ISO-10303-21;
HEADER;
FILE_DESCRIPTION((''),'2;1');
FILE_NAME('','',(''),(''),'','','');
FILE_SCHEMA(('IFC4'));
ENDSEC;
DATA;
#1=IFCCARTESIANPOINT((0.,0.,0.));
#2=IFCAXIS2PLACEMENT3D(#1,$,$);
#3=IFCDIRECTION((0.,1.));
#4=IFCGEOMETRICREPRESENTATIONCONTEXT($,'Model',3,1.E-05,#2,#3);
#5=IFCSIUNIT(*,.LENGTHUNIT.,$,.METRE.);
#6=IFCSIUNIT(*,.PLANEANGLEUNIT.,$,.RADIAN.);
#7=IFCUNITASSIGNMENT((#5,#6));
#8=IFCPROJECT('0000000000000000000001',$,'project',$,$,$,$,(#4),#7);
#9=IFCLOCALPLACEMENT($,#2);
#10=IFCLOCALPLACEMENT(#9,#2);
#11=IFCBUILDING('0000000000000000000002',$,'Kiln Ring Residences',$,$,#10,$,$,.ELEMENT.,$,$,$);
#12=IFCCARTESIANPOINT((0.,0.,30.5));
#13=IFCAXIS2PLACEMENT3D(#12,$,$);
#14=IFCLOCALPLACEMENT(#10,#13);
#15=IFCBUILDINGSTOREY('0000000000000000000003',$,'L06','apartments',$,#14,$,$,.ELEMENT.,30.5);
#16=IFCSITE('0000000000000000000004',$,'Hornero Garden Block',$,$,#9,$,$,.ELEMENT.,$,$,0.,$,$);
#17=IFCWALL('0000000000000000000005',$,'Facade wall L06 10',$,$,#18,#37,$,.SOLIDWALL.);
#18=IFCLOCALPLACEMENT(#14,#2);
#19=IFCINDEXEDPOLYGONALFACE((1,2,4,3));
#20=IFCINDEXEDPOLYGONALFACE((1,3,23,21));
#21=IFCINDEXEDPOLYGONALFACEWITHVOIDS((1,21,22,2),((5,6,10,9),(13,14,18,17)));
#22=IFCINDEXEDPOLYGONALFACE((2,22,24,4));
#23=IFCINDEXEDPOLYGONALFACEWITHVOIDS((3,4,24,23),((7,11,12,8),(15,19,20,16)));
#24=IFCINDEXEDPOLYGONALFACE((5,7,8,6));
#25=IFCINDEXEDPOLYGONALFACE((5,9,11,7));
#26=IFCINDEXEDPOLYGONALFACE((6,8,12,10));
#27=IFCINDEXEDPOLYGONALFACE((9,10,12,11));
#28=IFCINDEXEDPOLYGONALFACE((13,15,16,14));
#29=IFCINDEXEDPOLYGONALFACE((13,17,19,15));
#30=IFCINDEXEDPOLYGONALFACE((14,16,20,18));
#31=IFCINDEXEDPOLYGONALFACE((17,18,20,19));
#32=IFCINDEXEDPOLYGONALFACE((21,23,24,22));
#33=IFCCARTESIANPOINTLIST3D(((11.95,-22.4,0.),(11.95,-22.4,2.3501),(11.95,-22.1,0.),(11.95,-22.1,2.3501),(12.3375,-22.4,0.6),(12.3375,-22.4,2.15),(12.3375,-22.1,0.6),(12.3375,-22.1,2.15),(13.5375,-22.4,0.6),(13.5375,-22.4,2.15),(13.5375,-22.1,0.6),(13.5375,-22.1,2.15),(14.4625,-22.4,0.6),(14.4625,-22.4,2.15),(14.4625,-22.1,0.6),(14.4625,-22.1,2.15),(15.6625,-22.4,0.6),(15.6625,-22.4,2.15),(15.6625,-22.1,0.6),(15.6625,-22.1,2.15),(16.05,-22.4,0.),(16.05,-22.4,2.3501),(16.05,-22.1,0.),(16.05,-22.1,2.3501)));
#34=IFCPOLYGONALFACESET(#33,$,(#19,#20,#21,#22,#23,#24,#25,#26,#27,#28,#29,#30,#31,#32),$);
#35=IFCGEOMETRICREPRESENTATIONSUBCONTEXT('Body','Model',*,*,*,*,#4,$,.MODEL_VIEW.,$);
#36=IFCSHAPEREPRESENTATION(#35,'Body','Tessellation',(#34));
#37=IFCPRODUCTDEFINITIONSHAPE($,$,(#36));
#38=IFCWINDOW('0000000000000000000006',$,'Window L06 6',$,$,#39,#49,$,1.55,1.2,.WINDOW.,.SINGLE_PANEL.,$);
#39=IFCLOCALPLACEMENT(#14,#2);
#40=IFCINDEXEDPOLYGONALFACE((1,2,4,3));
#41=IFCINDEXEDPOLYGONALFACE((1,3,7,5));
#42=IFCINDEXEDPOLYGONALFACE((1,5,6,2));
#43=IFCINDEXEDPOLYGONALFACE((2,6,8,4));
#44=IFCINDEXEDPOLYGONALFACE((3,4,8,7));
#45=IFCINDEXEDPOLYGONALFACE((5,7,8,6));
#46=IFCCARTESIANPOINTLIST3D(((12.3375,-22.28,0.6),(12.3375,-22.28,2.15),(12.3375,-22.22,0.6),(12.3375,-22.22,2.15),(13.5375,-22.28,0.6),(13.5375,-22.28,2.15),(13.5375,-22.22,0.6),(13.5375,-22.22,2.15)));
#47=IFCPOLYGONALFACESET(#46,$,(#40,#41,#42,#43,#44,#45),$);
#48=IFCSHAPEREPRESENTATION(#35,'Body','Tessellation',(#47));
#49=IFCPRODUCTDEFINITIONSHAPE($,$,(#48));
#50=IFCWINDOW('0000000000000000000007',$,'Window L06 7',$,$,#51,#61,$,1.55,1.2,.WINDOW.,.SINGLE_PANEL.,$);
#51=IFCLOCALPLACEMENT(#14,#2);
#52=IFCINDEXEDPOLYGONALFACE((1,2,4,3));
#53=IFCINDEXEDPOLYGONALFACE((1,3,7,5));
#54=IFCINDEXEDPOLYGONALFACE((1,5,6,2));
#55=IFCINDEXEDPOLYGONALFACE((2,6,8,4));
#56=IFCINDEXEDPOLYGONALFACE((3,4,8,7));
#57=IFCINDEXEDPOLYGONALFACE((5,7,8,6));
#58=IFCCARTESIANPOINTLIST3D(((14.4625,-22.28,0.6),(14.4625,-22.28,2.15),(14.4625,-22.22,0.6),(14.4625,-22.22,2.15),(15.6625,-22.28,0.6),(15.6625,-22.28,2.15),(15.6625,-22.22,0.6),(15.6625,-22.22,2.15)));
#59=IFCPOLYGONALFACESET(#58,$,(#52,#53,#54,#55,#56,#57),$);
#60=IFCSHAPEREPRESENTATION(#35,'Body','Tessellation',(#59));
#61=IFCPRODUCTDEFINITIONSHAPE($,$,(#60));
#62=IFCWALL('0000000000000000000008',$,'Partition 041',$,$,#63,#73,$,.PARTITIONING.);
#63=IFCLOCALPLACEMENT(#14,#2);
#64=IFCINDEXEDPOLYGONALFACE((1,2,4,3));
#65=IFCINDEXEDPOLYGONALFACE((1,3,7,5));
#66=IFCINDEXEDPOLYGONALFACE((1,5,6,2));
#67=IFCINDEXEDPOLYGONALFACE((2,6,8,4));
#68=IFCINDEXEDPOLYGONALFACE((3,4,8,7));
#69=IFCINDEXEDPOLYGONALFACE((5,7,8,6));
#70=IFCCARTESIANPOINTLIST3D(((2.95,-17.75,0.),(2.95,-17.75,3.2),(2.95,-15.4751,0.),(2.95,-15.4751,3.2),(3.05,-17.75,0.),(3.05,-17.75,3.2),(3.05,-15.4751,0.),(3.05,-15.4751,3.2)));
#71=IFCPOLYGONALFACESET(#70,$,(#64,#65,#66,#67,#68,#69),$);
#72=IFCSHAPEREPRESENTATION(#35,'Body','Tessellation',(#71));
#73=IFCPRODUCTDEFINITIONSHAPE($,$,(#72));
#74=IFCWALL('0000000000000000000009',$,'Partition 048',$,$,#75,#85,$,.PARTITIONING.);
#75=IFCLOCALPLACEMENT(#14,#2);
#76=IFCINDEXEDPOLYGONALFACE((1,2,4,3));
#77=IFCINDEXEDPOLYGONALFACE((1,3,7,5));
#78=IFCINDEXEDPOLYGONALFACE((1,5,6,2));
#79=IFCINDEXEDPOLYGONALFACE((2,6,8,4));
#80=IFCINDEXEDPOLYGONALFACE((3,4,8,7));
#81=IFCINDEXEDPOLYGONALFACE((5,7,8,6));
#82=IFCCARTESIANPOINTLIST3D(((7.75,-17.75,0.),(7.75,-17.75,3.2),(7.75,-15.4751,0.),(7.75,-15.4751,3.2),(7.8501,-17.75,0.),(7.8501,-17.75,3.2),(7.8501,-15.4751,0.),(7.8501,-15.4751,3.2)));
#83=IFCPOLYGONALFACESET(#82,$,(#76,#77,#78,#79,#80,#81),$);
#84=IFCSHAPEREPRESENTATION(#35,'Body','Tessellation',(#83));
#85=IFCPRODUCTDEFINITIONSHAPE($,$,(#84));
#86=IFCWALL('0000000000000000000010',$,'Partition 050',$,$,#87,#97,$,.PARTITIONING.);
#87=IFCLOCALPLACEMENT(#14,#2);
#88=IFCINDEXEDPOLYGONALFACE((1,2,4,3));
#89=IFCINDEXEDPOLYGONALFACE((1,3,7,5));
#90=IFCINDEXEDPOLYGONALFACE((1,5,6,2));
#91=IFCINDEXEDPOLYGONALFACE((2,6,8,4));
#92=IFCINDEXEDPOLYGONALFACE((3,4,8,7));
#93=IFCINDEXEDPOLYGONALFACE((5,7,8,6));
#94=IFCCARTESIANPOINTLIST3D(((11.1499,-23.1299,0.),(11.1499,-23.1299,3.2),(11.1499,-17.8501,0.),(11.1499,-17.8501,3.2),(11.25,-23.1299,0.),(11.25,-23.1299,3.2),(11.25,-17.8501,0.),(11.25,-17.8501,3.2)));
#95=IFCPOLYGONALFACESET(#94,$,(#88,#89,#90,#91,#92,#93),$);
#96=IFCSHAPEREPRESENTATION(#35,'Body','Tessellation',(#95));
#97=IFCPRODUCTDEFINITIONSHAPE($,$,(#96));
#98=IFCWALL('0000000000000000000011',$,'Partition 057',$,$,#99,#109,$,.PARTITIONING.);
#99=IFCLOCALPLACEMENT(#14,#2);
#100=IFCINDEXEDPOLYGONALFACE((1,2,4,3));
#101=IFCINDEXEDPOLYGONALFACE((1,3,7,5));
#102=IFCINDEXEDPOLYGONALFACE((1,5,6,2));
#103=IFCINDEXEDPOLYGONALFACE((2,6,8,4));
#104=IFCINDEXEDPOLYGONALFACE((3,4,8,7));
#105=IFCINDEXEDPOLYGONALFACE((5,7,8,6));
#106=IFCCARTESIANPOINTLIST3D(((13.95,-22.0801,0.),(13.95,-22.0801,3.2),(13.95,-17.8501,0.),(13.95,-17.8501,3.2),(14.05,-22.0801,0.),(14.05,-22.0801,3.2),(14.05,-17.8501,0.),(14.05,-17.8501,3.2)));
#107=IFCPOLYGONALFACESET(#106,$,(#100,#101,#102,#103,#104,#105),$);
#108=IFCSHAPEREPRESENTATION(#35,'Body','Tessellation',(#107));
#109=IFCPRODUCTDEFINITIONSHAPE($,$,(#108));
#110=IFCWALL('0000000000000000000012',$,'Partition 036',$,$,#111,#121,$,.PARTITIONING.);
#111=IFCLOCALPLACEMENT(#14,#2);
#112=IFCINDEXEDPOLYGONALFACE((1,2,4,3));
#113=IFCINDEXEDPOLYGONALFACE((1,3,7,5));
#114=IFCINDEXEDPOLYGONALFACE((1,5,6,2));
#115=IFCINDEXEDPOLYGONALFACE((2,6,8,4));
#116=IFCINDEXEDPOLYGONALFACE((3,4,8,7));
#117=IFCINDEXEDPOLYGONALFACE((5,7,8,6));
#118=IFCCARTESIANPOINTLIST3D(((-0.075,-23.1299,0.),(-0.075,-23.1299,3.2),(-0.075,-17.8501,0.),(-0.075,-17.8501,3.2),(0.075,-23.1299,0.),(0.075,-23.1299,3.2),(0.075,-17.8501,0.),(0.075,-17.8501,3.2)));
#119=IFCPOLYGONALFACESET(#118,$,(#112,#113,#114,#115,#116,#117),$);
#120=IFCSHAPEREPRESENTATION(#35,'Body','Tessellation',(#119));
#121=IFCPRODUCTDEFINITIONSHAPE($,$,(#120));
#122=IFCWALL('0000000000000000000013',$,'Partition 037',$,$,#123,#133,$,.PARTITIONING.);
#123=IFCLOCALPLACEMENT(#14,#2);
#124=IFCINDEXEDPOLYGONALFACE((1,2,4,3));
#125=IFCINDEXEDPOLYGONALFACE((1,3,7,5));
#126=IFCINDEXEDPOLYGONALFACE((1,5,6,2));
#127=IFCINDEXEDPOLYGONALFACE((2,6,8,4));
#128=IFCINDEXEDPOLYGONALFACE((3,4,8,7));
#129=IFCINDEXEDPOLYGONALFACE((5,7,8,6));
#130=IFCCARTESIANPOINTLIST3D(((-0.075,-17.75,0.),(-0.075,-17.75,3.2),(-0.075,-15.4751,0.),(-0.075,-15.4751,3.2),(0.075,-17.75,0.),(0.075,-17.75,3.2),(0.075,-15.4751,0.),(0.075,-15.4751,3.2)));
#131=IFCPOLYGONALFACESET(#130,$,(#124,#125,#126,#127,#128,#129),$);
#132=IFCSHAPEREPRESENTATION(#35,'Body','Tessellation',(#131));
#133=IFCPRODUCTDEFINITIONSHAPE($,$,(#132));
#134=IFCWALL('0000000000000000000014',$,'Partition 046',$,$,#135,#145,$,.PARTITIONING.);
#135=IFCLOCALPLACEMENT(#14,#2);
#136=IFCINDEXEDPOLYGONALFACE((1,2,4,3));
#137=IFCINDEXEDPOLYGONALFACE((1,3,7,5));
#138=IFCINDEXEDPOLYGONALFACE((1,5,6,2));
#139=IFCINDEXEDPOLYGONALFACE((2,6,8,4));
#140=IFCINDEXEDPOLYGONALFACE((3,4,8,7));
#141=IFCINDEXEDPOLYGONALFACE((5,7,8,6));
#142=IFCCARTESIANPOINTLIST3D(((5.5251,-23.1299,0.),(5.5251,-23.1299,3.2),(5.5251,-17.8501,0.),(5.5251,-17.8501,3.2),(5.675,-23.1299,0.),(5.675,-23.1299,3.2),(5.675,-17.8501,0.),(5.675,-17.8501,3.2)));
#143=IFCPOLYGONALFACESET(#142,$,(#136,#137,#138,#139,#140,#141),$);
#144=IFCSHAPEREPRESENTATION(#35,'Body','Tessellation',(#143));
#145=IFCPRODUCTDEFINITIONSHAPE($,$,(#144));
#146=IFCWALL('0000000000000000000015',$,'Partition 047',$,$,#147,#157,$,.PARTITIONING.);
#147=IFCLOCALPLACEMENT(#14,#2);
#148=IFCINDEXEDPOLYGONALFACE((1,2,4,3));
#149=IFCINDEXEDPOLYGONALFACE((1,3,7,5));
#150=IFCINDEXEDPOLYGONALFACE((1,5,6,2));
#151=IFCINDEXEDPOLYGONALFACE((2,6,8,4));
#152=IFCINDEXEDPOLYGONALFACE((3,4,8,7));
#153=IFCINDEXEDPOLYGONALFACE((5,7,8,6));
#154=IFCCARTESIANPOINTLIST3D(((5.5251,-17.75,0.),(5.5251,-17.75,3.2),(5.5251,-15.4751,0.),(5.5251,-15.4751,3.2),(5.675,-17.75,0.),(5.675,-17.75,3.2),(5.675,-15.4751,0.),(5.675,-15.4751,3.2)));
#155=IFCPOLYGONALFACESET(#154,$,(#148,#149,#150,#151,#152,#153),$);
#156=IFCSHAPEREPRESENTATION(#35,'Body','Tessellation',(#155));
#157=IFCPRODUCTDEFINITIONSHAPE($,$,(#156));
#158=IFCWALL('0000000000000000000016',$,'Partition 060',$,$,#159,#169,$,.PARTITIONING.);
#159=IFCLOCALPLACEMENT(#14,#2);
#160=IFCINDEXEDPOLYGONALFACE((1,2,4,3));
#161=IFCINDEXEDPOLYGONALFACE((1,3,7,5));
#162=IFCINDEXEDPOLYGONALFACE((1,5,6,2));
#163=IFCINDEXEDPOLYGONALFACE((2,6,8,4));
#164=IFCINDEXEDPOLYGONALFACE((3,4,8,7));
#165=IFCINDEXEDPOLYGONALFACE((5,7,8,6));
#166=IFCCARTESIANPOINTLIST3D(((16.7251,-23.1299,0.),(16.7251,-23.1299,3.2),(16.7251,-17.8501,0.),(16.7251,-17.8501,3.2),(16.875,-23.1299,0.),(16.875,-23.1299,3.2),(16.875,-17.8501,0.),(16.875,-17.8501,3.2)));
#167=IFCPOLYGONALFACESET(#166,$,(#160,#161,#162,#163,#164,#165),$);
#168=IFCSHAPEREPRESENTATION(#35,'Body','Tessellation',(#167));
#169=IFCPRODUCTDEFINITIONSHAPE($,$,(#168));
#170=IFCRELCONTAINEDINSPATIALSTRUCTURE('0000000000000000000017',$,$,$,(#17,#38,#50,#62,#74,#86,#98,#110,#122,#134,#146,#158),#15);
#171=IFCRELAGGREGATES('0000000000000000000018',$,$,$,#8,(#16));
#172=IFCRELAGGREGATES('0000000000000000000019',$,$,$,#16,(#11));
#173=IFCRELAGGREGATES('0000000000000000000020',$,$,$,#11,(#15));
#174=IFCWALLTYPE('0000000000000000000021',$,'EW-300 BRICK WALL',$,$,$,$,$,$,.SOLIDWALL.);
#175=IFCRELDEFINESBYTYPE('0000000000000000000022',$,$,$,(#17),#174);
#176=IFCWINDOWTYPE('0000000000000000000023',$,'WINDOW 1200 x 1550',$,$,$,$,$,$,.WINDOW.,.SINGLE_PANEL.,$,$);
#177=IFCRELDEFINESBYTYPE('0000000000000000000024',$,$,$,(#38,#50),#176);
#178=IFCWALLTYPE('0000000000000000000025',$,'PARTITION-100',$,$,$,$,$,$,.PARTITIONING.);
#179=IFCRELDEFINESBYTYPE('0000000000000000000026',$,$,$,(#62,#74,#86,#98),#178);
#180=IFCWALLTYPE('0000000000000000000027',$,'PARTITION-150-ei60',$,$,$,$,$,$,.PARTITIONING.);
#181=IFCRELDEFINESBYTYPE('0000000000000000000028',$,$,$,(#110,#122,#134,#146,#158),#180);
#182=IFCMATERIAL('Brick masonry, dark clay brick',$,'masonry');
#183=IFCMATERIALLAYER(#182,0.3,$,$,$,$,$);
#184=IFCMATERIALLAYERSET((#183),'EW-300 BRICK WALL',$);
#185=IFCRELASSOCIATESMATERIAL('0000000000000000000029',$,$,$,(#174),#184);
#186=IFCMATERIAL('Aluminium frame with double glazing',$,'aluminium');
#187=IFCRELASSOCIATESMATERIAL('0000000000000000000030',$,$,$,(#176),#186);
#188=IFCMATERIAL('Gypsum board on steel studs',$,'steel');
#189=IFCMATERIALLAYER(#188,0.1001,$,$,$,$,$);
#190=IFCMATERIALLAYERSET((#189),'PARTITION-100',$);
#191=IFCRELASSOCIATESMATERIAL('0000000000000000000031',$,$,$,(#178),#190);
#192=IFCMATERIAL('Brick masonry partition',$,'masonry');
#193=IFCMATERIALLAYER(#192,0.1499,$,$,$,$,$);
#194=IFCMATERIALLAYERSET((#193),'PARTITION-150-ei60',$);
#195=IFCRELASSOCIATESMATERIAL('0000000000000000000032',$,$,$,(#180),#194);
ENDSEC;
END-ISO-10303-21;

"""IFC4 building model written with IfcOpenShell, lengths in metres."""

from ifc_helpers import new_model, si_unit, direction, frame, frame_2d, origin, place, context, subcontext, project, spatial, rectangle, extrude, material, layer, layer_set, type_object, element, fill, save


model = new_model("IFC4")

# Units and contexts
model_context = context("Model", 3, precision=1e-05, world=origin(), true_north=direction((0.0, 1.0)))
body_context = subcontext(model_context, "Body", "Model", "MODEL_VIEW")
ifc_project = project(units=[si_unit("LENGTHUNIT", "METRE"), si_unit("PLANEANGLEUNIT", "RADIAN")], contexts=[model_context])

# Site, building, storey
site_placement = place(None, origin())
site = spatial("IfcSite", under=ifc_project, at=site_placement, Name="Hornero Garden Block", CompositionType="ELEMENT", RefElevation=0.0)
building_placement = place(site_placement, origin())
building = spatial("IfcBuilding", under=site, at=building_placement, Name="Kiln Ring Residences", CompositionType="ELEMENT")
storey_placement = place(building_placement, frame((0.0, 0.0, 30.5)))
storey = spatial("IfcBuildingStorey", under=building, at=storey_placement, Name="L06", Description="apartments", CompositionType="ELEMENT", Elevation=30.5)

# Shared definitions
ifc_material_1 = material(Name="Brick masonry, dark clay brick", Category="masonry")
ifc_layer_1 = layer(ifc_material_1, 0.3)
ifc_layer_set_1 = layer_set([ifc_layer_1], Name="EW-300 BRICK WALL")
wall_type_1 = type_object("IfcWallType", Name="EW-300 BRICK WALL", PredefinedType="SOLIDWALL", material=ifc_layer_set_1)

# Wall, openings, windows
wall_1_placement = place(storey_placement, frame((11.95, -22.25, 0.0), z_axis=(0.0, 0.0, 1.0), x_axis=(1.0, 0.0, 0.0)))
wall_1 = element("IfcWall", 1, at=wall_1_placement, inside=storey, type_object=wall_type_1, Name="Facade wall L06 10", PredefinedType="SOLIDWALL", context=body_context, shape_type="SweptSolid", body=[
    extrude(rectangle(XDim=4.1001, YDim=0.3, at=frame_2d((2.05, 0.0))), origin(), (0.0, 0.0, 1.0), 2.3501),
])
opening_1_placement = place(wall_1_placement, frame((0.3875, 0.0, 0.6001)))
opening_1 = element("IfcOpeningElement", 2, at=opening_1_placement, cuts=wall_1, PredefinedType="OPENING", context=body_context, shape_type="SweptSolid", body=[
    extrude(rectangle(XDim=1.2, YDim=1.55, at=frame_2d((0.6001, 0.7749))), frame((0.0, 0.1599, 0.0), z_axis=(0.0, -1.0, 0.0), x_axis=(1.0, 0.0, 0.0)), (0.0, 0.0, 1.0), 0.3201),
])
opening_2_placement = place(wall_1_placement, frame((2.5125, 0.0, 0.6001)))
opening_2 = element("IfcOpeningElement", 3, at=opening_2_placement, cuts=wall_1, PredefinedType="OPENING", context=body_context, shape_type="SweptSolid", body=[
    extrude(rectangle(XDim=1.2, YDim=1.55, at=frame_2d((0.6001, 0.7749))), frame((0.0, 0.1599, 0.0), z_axis=(0.0, -1.0, 0.0), x_axis=(1.0, 0.0, 0.0)), (0.0, 0.0, 1.0), 0.3201),
])
ifc_material_2 = material(Name="Aluminium frame with double glazing", Category="aluminium")
window_type_1 = type_object("IfcWindowType", Name="WINDOW 1200 x 1550", PartitioningType="SINGLE_PANEL", PredefinedType="WINDOW", material=ifc_material_2)
window_1_placement = place(opening_1_placement, origin())
window_1 = element("IfcWindow", 4, at=window_1_placement, inside=storey, type_object=window_type_1, Name="Window L06 6", OverallHeight=1.55, OverallWidth=1.2, PartitioningType="SINGLE_PANEL", PredefinedType="WINDOW", context=body_context, shape_type="SweptSolid", body=[
    extrude(rectangle(XDim=1.2, YDim=1.55, at=frame_2d((0.6001, 0.7749))), frame((0.0, 0.03, 0.0), z_axis=(0.0, -1.0, 0.0), x_axis=(1.0, 0.0, 0.0)), (0.0, 0.0, 1.0), 0.0601),
])
fill(opening_1, window_1)
window_2_placement = place(opening_2_placement, origin())
window_2 = element("IfcWindow", 5, at=window_2_placement, inside=storey, type_object=window_type_1, Name="Window L06 7", OverallHeight=1.55, OverallWidth=1.2, PartitioningType="SINGLE_PANEL", PredefinedType="WINDOW", context=body_context, shape_type="SweptSolid", body=[
    extrude(rectangle(XDim=1.2, YDim=1.55, at=frame_2d((0.6001, 0.7749))), frame((0.0, 0.03, 0.0), z_axis=(0.0, -1.0, 0.0), x_axis=(1.0, 0.0, 0.0)), (0.0, 0.0, 1.0), 0.0601),
])
fill(opening_2, window_2)

# Walls
ifc_material_3 = material(Name="Gypsum board on steel studs", Category="steel")
ifc_layer_2 = layer(ifc_material_3, 0.1001)
ifc_layer_set_2 = layer_set([ifc_layer_2], Name="PARTITION-100")
wall_type_2 = type_object("IfcWallType", Name="PARTITION-100", PredefinedType="PARTITIONING", material=ifc_layer_set_2)
for number, where, z_axis, x_axis, name in (
    (6, (3.0, -17.75, 0.0), (0.0, 0.0, 1.0), (0.0, 1.0, 0.0), "Partition 041"),
    (7, (7.8, -17.75, 0.0), (0.0, 0.0, 1.0), (0.0, 1.0, 0.0), "Partition 048"),
):
    element("IfcWall", number, at=place(storey_placement, frame(where, z_axis=z_axis, x_axis=x_axis)), inside=storey, type_object=wall_type_2, Name=name, PredefinedType="PARTITIONING", context=body_context, shape_type="SweptSolid", body=[
        extrude(rectangle(XDim=2.2749, YDim=0.1001, at=frame_2d((1.1375, 0.0))), origin(), (0.0, 0.0, 1.0), 3.2),
    ])
wall_2_placement = place(storey_placement, frame((11.2, -23.1299, 0.0), z_axis=(0.0, 0.0, 1.0), x_axis=(0.0, 1.0, 0.0)))
element("IfcWall", 8, at=wall_2_placement, inside=storey, type_object=wall_type_2, Name="Partition 050", PredefinedType="PARTITIONING", context=body_context, shape_type="SweptSolid", body=[
    extrude(rectangle(XDim=5.2798, YDim=0.1001, at=frame_2d((2.6399, 0.0))), origin(), (0.0, 0.0, 1.0), 3.2),
])
wall_3_placement = place(storey_placement, frame((14.0, -22.0801, 0.0), z_axis=(0.0, 0.0, 1.0), x_axis=(0.0, 1.0, 0.0)))
element("IfcWall", 9, at=wall_3_placement, inside=storey, type_object=wall_type_2, Name="Partition 057", PredefinedType="PARTITIONING", context=body_context, shape_type="SweptSolid", body=[
    extrude(rectangle(XDim=4.23, YDim=0.1001, at=frame_2d((2.115, 0.0))), origin(), (0.0, 0.0, 1.0), 3.2),
])
ifc_material_4 = material(Name="Brick masonry partition", Category="masonry")
ifc_layer_3 = layer(ifc_material_4, 0.1499)
ifc_layer_set_3 = layer_set([ifc_layer_3], Name="PARTITION-150-ei60")
wall_type_3 = type_object("IfcWallType", Name="PARTITION-150-ei60", PredefinedType="PARTITIONING", material=ifc_layer_set_3)
wall_4_placement = place(storey_placement, frame((0.0, -23.1299, 0.0), z_axis=(0.0, 0.0, 1.0), x_axis=(0.0, 1.0, 0.0)))
element("IfcWall", 10, at=wall_4_placement, inside=storey, type_object=wall_type_3, Name="Partition 036", PredefinedType="PARTITIONING", context=body_context, shape_type="SweptSolid", body=[
    extrude(rectangle(XDim=5.2798, YDim=0.1499, at=frame_2d((2.6399, 0.0))), origin(), (0.0, 0.0, 1.0), 3.2),
])
wall_5_placement = place(storey_placement, frame((0.0, -17.75, 0.0), z_axis=(0.0, 0.0, 1.0), x_axis=(0.0, 1.0, 0.0)))
element("IfcWall", 11, at=wall_5_placement, inside=storey, type_object=wall_type_3, Name="Partition 037", PredefinedType="PARTITIONING", context=body_context, shape_type="SweptSolid", body=[
    extrude(rectangle(XDim=2.2749, YDim=0.1499, at=frame_2d((1.1375, 0.0))), origin(), (0.0, 0.0, 1.0), 3.2),
])
wall_6_placement = place(storey_placement, frame((5.6001, -23.1299, 0.0), z_axis=(0.0, 0.0, 1.0), x_axis=(0.0, 1.0, 0.0)))
element("IfcWall", 12, at=wall_6_placement, inside=storey, type_object=wall_type_3, Name="Partition 046", PredefinedType="PARTITIONING", context=body_context, shape_type="SweptSolid", body=[
    extrude(rectangle(XDim=5.2798, YDim=0.1499, at=frame_2d((2.6399, 0.0))), origin(), (0.0, 0.0, 1.0), 3.2),
])
wall_7_placement = place(storey_placement, frame((5.6001, -17.75, 0.0), z_axis=(0.0, 0.0, 1.0), x_axis=(0.0, 1.0, 0.0)))
element("IfcWall", 13, at=wall_7_placement, inside=storey, type_object=wall_type_3, Name="Partition 047", PredefinedType="PARTITIONING", context=body_context, shape_type="SweptSolid", body=[
    extrude(rectangle(XDim=2.2749, YDim=0.1499, at=frame_2d((1.1375, 0.0))), origin(), (0.0, 0.0, 1.0), 3.2),
])
wall_8_placement = place(storey_placement, frame((16.8, -23.1299, 0.0), z_axis=(0.0, 0.0, 1.0), x_axis=(0.0, 1.0, 0.0)))
element("IfcWall", 14, at=wall_8_placement, inside=storey, type_object=wall_type_3, Name="Partition 060", PredefinedType="PARTITIONING", context=body_context, shape_type="SweptSolid", body=[
    extrude(rectangle(XDim=5.2798, YDim=0.1499, at=frame_2d((2.6399, 0.0))), origin(), (0.0, 0.0, 1.0), 3.2),
])

save(model, "model.ifc")
